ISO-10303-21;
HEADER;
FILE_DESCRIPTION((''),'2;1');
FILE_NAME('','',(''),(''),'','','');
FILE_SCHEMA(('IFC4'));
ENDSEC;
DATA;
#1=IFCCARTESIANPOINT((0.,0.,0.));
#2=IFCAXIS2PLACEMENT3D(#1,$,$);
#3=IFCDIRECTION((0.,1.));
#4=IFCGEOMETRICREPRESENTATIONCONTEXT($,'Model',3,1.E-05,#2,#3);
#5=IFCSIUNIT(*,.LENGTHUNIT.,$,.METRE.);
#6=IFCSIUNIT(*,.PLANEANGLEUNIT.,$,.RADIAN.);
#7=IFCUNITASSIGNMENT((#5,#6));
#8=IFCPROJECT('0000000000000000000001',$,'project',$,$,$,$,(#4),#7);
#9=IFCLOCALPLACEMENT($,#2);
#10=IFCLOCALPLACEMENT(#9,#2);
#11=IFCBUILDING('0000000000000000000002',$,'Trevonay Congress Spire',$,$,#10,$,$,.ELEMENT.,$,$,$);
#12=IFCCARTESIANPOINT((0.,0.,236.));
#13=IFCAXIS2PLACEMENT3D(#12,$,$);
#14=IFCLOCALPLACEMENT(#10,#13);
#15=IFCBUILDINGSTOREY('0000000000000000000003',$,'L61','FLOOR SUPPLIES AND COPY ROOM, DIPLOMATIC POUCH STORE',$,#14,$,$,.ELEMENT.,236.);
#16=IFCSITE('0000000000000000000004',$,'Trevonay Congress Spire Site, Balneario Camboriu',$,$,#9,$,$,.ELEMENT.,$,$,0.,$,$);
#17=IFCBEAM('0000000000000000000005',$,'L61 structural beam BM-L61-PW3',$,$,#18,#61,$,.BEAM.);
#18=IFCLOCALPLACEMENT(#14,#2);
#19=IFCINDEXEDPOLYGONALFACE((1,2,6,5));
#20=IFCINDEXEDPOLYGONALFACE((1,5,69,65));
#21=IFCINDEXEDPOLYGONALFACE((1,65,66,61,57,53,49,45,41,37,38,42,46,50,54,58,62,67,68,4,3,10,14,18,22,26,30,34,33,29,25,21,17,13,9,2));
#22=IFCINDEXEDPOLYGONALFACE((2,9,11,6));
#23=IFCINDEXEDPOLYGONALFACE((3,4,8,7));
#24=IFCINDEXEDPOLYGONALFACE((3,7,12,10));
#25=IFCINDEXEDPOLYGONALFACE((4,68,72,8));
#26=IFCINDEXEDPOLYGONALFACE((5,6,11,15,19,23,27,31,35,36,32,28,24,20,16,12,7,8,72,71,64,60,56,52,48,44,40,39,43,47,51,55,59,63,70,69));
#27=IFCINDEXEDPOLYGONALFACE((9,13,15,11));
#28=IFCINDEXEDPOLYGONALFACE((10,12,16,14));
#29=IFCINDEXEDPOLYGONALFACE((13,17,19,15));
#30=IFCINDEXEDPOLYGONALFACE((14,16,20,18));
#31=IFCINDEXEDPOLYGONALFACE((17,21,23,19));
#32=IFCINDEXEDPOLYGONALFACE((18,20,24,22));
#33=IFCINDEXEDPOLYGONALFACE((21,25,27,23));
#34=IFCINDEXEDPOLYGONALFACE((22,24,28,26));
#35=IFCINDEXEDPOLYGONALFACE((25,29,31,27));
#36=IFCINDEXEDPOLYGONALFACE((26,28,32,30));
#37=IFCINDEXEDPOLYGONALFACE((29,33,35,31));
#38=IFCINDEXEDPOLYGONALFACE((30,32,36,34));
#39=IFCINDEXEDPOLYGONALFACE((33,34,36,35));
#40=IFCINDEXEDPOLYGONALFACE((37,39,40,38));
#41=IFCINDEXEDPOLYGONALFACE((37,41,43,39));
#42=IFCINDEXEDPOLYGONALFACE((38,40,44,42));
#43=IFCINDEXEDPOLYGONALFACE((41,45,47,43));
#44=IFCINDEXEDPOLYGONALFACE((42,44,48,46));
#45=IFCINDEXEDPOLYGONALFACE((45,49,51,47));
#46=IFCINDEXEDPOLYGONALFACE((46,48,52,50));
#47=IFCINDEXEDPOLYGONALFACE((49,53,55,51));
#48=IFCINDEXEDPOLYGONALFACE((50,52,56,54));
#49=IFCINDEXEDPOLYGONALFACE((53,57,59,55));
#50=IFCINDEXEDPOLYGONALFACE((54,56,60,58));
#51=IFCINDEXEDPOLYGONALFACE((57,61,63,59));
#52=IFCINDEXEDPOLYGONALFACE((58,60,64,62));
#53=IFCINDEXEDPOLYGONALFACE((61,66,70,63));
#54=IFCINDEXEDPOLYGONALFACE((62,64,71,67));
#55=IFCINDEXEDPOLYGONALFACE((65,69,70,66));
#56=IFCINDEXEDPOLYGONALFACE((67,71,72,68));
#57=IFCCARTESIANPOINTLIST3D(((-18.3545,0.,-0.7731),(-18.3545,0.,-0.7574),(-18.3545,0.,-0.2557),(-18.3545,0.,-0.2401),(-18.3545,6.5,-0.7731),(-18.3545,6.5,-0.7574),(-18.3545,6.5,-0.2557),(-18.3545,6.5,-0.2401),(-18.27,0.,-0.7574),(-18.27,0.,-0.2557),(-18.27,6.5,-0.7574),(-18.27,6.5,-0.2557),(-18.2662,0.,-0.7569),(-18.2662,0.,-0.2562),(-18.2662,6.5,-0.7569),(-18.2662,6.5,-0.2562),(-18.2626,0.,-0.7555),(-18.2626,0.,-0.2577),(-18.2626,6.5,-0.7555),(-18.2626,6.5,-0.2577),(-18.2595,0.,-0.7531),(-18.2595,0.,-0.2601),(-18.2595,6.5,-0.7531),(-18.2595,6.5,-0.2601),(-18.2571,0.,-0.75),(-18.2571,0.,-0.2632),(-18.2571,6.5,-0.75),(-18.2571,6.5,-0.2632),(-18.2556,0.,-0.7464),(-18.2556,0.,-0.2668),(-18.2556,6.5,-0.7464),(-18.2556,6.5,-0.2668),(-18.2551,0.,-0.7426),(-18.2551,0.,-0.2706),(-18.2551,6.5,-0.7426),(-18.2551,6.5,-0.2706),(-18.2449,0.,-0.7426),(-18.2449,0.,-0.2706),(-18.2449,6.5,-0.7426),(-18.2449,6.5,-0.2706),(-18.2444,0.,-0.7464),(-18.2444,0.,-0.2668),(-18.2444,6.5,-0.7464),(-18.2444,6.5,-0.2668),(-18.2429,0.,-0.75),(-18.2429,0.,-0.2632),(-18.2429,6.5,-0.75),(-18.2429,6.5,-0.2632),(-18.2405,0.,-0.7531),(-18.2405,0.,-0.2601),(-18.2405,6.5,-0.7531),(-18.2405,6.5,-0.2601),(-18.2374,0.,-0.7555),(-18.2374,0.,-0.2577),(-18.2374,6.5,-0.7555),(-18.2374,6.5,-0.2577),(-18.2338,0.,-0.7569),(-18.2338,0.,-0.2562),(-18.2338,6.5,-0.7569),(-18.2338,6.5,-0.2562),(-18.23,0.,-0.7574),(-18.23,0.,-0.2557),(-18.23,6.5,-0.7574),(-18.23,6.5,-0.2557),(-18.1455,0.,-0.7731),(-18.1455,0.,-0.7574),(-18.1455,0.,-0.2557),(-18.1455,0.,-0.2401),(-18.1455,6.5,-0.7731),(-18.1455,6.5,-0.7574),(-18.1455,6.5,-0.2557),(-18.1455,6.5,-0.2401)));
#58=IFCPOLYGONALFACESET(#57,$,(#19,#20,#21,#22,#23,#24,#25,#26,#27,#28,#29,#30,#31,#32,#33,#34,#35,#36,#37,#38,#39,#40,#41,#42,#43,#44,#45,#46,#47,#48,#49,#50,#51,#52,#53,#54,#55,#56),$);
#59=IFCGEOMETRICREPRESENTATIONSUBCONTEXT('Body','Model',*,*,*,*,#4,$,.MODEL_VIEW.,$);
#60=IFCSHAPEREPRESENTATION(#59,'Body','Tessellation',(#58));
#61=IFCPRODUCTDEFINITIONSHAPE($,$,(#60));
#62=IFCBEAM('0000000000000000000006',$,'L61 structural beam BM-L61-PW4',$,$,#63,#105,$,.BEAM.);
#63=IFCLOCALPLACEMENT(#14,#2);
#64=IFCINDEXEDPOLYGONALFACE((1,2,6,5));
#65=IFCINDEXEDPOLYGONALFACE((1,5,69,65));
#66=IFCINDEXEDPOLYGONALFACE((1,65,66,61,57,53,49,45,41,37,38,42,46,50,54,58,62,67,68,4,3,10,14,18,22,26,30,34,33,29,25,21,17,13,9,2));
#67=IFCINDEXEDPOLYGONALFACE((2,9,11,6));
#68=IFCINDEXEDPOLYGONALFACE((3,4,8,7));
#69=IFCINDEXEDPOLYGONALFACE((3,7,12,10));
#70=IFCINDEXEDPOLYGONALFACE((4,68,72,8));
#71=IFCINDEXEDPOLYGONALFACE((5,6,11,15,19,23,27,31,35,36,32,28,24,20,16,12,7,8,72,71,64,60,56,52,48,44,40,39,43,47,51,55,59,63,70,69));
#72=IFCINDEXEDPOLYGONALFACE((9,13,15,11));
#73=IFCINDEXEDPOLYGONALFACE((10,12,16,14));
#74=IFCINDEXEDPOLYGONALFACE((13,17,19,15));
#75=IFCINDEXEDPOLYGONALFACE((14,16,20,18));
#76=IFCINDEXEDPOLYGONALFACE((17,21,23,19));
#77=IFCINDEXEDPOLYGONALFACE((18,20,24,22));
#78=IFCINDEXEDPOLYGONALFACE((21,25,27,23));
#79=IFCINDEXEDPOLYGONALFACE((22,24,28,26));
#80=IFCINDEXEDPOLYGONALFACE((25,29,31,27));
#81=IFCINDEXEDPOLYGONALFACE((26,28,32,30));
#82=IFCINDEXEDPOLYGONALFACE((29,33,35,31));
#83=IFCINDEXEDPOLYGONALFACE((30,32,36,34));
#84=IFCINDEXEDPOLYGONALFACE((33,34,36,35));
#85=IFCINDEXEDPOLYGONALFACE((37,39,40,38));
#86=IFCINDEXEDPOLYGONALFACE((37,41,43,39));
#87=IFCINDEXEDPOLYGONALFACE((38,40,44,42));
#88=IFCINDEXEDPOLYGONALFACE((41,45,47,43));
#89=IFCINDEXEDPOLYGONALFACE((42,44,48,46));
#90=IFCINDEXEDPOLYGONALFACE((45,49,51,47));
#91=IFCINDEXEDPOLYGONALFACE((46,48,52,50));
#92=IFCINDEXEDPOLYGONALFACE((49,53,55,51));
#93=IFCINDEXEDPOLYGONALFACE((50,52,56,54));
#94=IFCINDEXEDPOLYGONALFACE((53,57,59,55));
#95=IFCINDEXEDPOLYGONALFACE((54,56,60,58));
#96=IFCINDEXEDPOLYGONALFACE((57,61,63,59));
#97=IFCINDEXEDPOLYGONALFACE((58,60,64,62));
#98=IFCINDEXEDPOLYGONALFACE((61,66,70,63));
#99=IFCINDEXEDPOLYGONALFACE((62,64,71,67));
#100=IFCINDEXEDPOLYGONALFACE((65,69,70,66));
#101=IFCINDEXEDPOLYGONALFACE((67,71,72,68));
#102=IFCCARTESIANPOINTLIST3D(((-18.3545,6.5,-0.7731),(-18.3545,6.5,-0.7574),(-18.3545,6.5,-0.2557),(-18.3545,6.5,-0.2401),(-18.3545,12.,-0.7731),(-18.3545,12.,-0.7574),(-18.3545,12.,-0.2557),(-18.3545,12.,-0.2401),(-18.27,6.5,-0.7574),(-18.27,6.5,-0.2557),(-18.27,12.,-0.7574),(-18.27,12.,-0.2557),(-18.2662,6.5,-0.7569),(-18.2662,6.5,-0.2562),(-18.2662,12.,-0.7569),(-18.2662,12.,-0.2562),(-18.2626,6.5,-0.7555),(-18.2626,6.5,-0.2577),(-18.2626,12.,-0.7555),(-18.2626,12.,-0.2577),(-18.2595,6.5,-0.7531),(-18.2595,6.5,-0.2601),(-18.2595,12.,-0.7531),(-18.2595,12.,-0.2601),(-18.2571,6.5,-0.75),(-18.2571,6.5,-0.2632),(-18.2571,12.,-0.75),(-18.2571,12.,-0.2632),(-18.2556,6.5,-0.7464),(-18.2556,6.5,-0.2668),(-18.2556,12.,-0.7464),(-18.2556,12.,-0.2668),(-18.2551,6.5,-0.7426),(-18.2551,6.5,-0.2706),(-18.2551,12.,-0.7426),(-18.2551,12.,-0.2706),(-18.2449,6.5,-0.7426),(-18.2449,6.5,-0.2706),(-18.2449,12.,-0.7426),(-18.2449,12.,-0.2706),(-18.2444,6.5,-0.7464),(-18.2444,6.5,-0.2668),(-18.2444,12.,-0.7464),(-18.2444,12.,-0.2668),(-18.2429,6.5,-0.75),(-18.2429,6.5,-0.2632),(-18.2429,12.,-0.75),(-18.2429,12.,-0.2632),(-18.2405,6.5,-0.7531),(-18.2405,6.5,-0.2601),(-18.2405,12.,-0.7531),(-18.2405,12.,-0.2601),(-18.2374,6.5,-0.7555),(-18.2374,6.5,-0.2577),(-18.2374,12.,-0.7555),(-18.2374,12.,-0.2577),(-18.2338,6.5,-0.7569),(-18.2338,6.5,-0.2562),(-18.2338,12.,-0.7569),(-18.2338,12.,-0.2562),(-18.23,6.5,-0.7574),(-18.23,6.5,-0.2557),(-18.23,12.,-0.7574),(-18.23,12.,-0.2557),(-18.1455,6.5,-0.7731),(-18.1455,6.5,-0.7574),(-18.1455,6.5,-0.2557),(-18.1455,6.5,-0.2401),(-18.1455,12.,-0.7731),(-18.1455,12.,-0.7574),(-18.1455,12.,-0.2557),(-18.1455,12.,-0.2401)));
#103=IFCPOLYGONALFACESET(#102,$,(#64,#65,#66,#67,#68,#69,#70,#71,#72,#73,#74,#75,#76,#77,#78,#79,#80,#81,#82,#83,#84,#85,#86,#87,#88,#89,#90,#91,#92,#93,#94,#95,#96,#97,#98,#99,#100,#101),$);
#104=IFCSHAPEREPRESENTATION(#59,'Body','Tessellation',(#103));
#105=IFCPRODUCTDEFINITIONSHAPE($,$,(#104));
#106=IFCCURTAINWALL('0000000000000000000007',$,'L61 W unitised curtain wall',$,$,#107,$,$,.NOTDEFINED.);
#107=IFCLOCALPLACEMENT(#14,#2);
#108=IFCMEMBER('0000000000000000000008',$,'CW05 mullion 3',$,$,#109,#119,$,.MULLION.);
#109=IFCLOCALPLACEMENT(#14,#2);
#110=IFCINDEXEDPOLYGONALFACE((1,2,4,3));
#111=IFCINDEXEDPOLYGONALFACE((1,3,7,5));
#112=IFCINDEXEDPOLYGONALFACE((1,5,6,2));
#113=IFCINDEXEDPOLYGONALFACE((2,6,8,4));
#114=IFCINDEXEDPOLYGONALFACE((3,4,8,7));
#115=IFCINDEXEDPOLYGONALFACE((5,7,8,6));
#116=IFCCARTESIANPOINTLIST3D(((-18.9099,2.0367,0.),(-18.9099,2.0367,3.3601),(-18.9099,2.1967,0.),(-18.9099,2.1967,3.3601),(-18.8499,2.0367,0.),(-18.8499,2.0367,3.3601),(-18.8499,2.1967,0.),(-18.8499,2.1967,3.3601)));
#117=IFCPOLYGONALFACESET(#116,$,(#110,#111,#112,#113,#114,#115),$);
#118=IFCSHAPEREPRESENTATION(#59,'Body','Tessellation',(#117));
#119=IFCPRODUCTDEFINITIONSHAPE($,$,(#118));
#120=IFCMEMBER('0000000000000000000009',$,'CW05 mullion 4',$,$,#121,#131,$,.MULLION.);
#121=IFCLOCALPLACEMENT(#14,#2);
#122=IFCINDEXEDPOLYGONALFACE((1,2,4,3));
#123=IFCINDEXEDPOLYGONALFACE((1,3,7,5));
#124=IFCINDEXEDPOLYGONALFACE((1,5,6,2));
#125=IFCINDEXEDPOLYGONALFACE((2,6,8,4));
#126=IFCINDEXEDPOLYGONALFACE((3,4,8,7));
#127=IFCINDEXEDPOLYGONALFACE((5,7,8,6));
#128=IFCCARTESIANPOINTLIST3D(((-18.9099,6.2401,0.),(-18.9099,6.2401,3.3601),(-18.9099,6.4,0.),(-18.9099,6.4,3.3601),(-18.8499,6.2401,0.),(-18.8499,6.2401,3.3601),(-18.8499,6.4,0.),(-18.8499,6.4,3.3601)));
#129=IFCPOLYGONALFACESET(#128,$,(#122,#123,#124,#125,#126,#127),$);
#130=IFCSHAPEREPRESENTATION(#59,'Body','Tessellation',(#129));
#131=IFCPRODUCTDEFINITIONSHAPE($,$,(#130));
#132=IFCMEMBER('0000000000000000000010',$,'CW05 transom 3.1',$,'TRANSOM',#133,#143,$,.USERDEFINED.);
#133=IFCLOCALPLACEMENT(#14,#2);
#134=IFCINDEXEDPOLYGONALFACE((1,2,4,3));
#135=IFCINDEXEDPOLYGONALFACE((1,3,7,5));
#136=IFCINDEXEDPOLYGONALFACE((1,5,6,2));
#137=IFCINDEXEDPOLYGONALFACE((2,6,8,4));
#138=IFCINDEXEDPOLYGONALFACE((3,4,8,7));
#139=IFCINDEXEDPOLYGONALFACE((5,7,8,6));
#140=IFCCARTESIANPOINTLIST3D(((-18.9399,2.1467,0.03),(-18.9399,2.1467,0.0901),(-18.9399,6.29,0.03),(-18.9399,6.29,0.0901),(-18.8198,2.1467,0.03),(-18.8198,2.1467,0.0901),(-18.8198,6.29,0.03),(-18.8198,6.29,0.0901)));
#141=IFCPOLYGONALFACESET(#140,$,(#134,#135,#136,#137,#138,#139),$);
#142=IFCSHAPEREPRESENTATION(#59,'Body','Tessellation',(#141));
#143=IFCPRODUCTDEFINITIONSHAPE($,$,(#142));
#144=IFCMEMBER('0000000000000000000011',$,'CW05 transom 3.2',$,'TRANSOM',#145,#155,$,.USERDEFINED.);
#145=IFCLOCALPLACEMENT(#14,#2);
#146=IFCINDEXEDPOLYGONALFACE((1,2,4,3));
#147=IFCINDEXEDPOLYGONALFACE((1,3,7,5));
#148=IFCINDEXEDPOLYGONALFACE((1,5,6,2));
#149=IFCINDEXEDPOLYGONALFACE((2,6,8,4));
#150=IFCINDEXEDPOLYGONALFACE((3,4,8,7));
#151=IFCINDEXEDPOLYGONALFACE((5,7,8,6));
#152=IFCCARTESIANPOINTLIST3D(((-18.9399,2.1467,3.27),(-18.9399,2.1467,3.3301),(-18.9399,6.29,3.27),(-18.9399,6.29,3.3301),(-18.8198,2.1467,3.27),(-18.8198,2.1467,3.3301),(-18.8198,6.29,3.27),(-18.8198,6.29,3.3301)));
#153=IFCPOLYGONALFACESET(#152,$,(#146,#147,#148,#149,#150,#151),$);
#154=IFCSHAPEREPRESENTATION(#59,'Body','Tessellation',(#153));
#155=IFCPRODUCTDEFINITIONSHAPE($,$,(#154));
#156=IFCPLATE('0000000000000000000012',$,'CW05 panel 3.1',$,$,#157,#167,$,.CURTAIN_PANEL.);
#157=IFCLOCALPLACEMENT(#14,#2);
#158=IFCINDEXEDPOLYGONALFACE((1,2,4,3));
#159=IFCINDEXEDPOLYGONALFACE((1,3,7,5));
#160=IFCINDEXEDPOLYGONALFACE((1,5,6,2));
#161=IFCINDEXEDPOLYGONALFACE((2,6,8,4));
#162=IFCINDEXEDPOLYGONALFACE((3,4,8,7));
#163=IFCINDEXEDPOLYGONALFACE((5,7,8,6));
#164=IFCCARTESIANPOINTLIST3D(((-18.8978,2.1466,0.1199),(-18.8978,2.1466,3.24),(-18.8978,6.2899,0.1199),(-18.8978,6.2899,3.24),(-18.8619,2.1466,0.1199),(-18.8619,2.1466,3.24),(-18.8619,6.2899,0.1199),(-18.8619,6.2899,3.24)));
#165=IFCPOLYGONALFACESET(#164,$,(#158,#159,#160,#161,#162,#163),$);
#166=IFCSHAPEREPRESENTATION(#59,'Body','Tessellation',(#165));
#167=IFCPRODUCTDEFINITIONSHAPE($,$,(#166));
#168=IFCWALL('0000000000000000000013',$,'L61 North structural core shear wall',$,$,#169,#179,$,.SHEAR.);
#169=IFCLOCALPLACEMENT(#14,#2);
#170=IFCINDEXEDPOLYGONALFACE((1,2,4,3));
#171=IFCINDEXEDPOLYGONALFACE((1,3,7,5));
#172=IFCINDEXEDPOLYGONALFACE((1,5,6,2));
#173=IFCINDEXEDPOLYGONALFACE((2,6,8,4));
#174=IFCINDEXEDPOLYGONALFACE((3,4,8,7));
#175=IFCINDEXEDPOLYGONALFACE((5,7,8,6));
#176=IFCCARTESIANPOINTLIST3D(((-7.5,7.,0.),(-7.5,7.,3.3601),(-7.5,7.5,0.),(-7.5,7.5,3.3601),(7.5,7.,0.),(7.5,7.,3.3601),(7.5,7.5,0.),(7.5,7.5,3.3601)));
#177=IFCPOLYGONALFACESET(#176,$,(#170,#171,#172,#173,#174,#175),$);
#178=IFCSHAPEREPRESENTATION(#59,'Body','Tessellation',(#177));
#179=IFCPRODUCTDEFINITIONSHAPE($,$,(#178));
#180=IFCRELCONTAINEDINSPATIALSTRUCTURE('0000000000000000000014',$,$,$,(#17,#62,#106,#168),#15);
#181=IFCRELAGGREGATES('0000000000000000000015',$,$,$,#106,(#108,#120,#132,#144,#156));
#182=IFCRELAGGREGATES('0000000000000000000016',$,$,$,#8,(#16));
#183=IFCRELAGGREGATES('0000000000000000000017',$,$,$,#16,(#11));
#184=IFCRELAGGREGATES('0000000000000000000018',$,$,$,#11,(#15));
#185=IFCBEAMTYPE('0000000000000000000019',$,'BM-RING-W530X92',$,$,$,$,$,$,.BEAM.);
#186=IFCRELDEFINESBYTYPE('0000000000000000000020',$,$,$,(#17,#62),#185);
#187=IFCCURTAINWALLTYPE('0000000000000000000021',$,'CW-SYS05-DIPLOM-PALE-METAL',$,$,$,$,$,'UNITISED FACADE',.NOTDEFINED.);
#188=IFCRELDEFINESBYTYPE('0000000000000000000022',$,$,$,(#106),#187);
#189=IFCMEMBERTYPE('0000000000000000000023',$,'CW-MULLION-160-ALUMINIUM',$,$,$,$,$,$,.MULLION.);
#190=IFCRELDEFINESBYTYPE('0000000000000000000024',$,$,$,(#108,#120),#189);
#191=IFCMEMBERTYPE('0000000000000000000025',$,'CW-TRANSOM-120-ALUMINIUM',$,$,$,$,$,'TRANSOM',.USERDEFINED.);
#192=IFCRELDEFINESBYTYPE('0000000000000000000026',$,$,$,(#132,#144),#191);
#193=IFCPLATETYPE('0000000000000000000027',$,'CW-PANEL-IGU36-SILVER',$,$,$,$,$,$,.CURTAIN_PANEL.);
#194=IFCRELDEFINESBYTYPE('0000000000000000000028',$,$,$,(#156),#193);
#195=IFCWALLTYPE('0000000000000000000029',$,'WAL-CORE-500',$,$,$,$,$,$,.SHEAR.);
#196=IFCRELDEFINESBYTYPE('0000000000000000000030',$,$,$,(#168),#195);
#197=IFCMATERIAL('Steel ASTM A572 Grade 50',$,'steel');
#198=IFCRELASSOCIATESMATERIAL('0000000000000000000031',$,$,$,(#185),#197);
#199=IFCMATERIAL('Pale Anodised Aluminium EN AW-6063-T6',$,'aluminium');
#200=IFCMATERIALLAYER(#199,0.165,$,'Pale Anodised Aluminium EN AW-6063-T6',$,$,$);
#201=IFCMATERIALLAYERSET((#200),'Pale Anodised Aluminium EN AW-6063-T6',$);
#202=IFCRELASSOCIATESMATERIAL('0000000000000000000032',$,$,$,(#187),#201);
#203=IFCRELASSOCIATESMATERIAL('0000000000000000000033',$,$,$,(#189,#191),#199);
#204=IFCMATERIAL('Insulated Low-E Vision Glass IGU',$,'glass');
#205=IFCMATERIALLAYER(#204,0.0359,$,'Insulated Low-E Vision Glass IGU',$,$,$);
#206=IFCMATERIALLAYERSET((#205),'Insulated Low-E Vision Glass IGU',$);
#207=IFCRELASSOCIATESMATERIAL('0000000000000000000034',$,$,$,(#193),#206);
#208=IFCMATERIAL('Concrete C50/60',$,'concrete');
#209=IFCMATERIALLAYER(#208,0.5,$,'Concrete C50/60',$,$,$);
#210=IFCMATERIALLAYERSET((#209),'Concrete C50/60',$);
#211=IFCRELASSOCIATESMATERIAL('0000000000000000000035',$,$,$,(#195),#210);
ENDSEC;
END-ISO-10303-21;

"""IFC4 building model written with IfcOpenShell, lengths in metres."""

from ifc_helpers import new_model, si_unit, direction, frame, frame_2d, origin, origin_2d, place, context, subcontext, project, spatial, rectangle, i_section, extrude, material, layer, layer_set, material_profile, profile_set, type_object, element, aggregate, save


model = new_model("IFC4")

# Units and contexts
model_context = context("Model", 3, precision=1e-05, world=origin(), true_north=direction((0.0, 1.0)))
body_context = subcontext(model_context, "Body", "Model", "MODEL_VIEW")
ifc_project = project(units=[si_unit("LENGTHUNIT", "METRE"), si_unit("PLANEANGLEUNIT", "RADIAN")], contexts=[model_context])

# Site, building, storey
site_placement = place(None, origin())
site = spatial("IfcSite", under=ifc_project, at=site_placement, Name="Trevonay Congress Spire Site, Balneario Camboriu", CompositionType="ELEMENT", RefElevation=0.0)
building_placement = place(site_placement, origin())
building = spatial("IfcBuilding", under=site, at=building_placement, Name="Trevonay Congress Spire", CompositionType="ELEMENT")
storey_placement = place(building_placement, frame((0.0, 0.0, 236.0)))
storey = spatial("IfcBuildingStorey", under=building, at=storey_placement, Name="L61", Description="FLOOR SUPPLIES AND COPY ROOM, DIPLOMATIC POUCH STORE", CompositionType="ELEMENT", Elevation=236.0)

# Shared definitions
ifc_material_1 = material(Name="Steel ASTM A572 Grade 50", Category="steel")

# Beams
ifc_material_profile_1 = material_profile(ifc_material_1, i_section(OverallWidth=0.209, OverallDepth=0.533, WebThickness=0.0103, FlangeThickness=0.0156, FilletRadius=0.0149, at=origin_2d()), Name="W530x92")
ifc_profile_set_1 = profile_set([ifc_material_profile_1], Name="Steel ASTM A572 Grade 50")
beam_type_1 = type_object("IfcBeamType", Name="BM-RING-W530X92", PredefinedType="BEAM", material=ifc_profile_set_1)
beam_1_placement = place(storey_placement, frame((-18.25, 0.0, -0.5066), z_axis=(0.0, 1.0, 0.0), x_axis=(-1.0, 0.0, 0.0)))
element("IfcBeam", 1, at=beam_1_placement, inside=storey, type_object=beam_type_1, Name="L61 structural beam BM-L61-PW3", PredefinedType="BEAM", context=body_context, shape_type="SweptSolid", body=[
    extrude(i_section(OverallWidth=0.209, OverallDepth=0.533, WebThickness=0.0103, FlangeThickness=0.0156, FilletRadius=0.0149, at=origin_2d()), origin(), (0.0, 0.0, 1.0), 6.5),
])
beam_2_placement = place(storey_placement, frame((-18.25, 6.5, -0.5066), z_axis=(0.0, 1.0, 0.0), x_axis=(-1.0, 0.0, 0.0)))
element("IfcBeam", 2, at=beam_2_placement, inside=storey, type_object=beam_type_1, Name="L61 structural beam BM-L61-PW4", PredefinedType="BEAM", context=body_context, shape_type="SweptSolid", body=[
    extrude(i_section(OverallWidth=0.209, OverallDepth=0.533, WebThickness=0.0103, FlangeThickness=0.0156, FilletRadius=0.0149, at=origin_2d()), origin(), (0.0, 0.0, 1.0), 5.5),
])

# Curtain wall, members, plate
ifc_material_2 = material(Name="Pale Anodised Aluminium EN AW-6063-T6", Category="aluminium")
ifc_layer_1 = layer(ifc_material_2, 0.165, Name="Pale Anodised Aluminium EN AW-6063-T6")
ifc_layer_set_1 = layer_set([ifc_layer_1], Name="Pale Anodised Aluminium EN AW-6063-T6")
curtain_wall_type = type_object("IfcCurtainWallType", Name="CW-SYS05-DIPLOM-PALE-METAL", ElementType="UNITISED FACADE", PredefinedType="NOTDEFINED", material=ifc_layer_set_1)
curtain_wall_placement = place(storey_placement, origin())
curtain_wall = element("IfcCurtainWall", 3, at=curtain_wall_placement, inside=storey, type_object=curtain_wall_type, Name="L61 W unitised curtain wall", PredefinedType="NOTDEFINED")
ifc_material_profile_2 = material_profile(ifc_material_2, rectangle(XDim=0.0601, YDim=0.1599, at=origin_2d()), Name="CW-MULLION-160-ALUMINIUM")
ifc_profile_set_2 = profile_set([ifc_material_profile_2], Name="Pale Anodised Aluminium EN AW-6063-T6")
member_type_1 = type_object("IfcMemberType", Name="CW-MULLION-160-ALUMINIUM", PredefinedType="MULLION", material=ifc_profile_set_2)
member_1_placement = place(storey_placement, frame((-18.8799, 2.1167, 0.0), z_axis=(0.0, 0.0, 1.0), x_axis=(-1.0, 0.0, 0.0)))
member_1 = element("IfcMember", 4, at=member_1_placement, type_object=member_type_1, Name="CW05 mullion 3", PredefinedType="MULLION", context=body_context, shape_type="SweptSolid", body=[
    extrude(rectangle(XDim=0.0601, YDim=0.1599, at=origin_2d()), origin(), (0.0, 0.0, 1.0), 3.3601),
])
member_2_placement = place(storey_placement, frame((-18.8799, 6.3201, 0.0), z_axis=(0.0, 0.0, 1.0), x_axis=(-1.0, 0.0, 0.0)))
member_2 = element("IfcMember", 5, at=member_2_placement, type_object=member_type_1, Name="CW05 mullion 4", PredefinedType="MULLION", context=body_context, shape_type="SweptSolid", body=[
    extrude(rectangle(XDim=0.0601, YDim=0.1599, at=origin_2d()), origin(), (0.0, 0.0, 1.0), 3.3601),
])
ifc_material_profile_3 = material_profile(ifc_material_2, rectangle(XDim=0.1201, YDim=0.0601, at=origin_2d()), Name="CW-TRANSOM-120-ALUMINIUM")
ifc_profile_set_3 = profile_set([ifc_material_profile_3], Name="Pale Anodised Aluminium EN AW-6063-T6")
member_type_2 = type_object("IfcMemberType", Name="CW-TRANSOM-120-ALUMINIUM", ElementType="TRANSOM", PredefinedType="USERDEFINED", material=ifc_profile_set_3)
member_3_placement = place(storey_placement, frame((-18.8799, 2.1467, 0.0601), z_axis=(0.0, 1.0, 0.0), x_axis=(-1.0, 0.0, 0.0)))
member_3 = element("IfcMember", 6, at=member_3_placement, type_object=member_type_2, Name="CW05 transom 3.1", ObjectType="TRANSOM", PredefinedType="USERDEFINED", context=body_context, shape_type="SweptSolid", body=[
    extrude(rectangle(XDim=0.1201, YDim=0.0601, at=origin_2d()), origin(), (0.0, 0.0, 1.0), 4.1433),
])
member_4_placement = place(storey_placement, frame((-18.8799, 2.1467, 3.3), z_axis=(0.0, 1.0, 0.0), x_axis=(-1.0, 0.0, 0.0)))
member_4 = element("IfcMember", 7, at=member_4_placement, type_object=member_type_2, Name="CW05 transom 3.2", ObjectType="TRANSOM", PredefinedType="USERDEFINED", context=body_context, shape_type="SweptSolid", body=[
    extrude(rectangle(XDim=0.1201, YDim=0.0601, at=origin_2d()), origin(), (0.0, 0.0, 1.0), 4.1433),
])
ifc_material_3 = material(Name="Insulated Low-E Vision Glass IGU", Category="glass")
ifc_layer_2 = layer(ifc_material_3, 0.0359, Name="Insulated Low-E Vision Glass IGU")
ifc_layer_set_2 = layer_set([ifc_layer_2], Name="Insulated Low-E Vision Glass IGU")
plate_type = type_object("IfcPlateType", Name="CW-PANEL-IGU36-SILVER", PredefinedType="CURTAIN_PANEL", material=ifc_layer_set_2)
plate_placement = place(storey_placement, frame((-18.8799, 4.2183, 0.1199), z_axis=(0.0, 0.0, 1.0), x_axis=(0.0, 1.0, 0.0)))
plate = element("IfcPlate", 8, at=plate_placement, type_object=plate_type, Name="CW05 panel 3.1", PredefinedType="CURTAIN_PANEL", context=body_context, shape_type="SweptSolid", body=[
    extrude(rectangle(XDim=4.1433, YDim=0.0359, at=origin_2d()), origin(), (0.0, 0.0, 1.0), 3.1201),
])
aggregate(curtain_wall, [member_1, member_2, member_3, member_4, plate])

# Wall
ifc_material_4 = material(Name="Concrete C50/60", Category="concrete")
ifc_layer_3 = layer(ifc_material_4, 0.5, Name="Concrete C50/60")
ifc_layer_set_3 = layer_set([ifc_layer_3], Name="Concrete C50/60")
wall_type_1 = type_object("IfcWallType", Name="WAL-CORE-500", PredefinedType="SHEAR", material=ifc_layer_set_3)
wall_1_placement = place(storey_placement, frame((-7.5, 7.25, 0.0), z_axis=(0.0, 0.0, 1.0), x_axis=(1.0, 0.0, 0.0)))
element("IfcWall", 9, at=wall_1_placement, inside=storey, type_object=wall_type_1, Name="L61 North structural core shear wall", PredefinedType="SHEAR", context=body_context, shape_type="SweptSolid", body=[
    extrude(rectangle(XDim=15.0, YDim=0.5, at=frame_2d((7.5, 0.0))), origin(), (0.0, 0.0, 1.0), 3.3601),
])

save(model, "model.ifc")
